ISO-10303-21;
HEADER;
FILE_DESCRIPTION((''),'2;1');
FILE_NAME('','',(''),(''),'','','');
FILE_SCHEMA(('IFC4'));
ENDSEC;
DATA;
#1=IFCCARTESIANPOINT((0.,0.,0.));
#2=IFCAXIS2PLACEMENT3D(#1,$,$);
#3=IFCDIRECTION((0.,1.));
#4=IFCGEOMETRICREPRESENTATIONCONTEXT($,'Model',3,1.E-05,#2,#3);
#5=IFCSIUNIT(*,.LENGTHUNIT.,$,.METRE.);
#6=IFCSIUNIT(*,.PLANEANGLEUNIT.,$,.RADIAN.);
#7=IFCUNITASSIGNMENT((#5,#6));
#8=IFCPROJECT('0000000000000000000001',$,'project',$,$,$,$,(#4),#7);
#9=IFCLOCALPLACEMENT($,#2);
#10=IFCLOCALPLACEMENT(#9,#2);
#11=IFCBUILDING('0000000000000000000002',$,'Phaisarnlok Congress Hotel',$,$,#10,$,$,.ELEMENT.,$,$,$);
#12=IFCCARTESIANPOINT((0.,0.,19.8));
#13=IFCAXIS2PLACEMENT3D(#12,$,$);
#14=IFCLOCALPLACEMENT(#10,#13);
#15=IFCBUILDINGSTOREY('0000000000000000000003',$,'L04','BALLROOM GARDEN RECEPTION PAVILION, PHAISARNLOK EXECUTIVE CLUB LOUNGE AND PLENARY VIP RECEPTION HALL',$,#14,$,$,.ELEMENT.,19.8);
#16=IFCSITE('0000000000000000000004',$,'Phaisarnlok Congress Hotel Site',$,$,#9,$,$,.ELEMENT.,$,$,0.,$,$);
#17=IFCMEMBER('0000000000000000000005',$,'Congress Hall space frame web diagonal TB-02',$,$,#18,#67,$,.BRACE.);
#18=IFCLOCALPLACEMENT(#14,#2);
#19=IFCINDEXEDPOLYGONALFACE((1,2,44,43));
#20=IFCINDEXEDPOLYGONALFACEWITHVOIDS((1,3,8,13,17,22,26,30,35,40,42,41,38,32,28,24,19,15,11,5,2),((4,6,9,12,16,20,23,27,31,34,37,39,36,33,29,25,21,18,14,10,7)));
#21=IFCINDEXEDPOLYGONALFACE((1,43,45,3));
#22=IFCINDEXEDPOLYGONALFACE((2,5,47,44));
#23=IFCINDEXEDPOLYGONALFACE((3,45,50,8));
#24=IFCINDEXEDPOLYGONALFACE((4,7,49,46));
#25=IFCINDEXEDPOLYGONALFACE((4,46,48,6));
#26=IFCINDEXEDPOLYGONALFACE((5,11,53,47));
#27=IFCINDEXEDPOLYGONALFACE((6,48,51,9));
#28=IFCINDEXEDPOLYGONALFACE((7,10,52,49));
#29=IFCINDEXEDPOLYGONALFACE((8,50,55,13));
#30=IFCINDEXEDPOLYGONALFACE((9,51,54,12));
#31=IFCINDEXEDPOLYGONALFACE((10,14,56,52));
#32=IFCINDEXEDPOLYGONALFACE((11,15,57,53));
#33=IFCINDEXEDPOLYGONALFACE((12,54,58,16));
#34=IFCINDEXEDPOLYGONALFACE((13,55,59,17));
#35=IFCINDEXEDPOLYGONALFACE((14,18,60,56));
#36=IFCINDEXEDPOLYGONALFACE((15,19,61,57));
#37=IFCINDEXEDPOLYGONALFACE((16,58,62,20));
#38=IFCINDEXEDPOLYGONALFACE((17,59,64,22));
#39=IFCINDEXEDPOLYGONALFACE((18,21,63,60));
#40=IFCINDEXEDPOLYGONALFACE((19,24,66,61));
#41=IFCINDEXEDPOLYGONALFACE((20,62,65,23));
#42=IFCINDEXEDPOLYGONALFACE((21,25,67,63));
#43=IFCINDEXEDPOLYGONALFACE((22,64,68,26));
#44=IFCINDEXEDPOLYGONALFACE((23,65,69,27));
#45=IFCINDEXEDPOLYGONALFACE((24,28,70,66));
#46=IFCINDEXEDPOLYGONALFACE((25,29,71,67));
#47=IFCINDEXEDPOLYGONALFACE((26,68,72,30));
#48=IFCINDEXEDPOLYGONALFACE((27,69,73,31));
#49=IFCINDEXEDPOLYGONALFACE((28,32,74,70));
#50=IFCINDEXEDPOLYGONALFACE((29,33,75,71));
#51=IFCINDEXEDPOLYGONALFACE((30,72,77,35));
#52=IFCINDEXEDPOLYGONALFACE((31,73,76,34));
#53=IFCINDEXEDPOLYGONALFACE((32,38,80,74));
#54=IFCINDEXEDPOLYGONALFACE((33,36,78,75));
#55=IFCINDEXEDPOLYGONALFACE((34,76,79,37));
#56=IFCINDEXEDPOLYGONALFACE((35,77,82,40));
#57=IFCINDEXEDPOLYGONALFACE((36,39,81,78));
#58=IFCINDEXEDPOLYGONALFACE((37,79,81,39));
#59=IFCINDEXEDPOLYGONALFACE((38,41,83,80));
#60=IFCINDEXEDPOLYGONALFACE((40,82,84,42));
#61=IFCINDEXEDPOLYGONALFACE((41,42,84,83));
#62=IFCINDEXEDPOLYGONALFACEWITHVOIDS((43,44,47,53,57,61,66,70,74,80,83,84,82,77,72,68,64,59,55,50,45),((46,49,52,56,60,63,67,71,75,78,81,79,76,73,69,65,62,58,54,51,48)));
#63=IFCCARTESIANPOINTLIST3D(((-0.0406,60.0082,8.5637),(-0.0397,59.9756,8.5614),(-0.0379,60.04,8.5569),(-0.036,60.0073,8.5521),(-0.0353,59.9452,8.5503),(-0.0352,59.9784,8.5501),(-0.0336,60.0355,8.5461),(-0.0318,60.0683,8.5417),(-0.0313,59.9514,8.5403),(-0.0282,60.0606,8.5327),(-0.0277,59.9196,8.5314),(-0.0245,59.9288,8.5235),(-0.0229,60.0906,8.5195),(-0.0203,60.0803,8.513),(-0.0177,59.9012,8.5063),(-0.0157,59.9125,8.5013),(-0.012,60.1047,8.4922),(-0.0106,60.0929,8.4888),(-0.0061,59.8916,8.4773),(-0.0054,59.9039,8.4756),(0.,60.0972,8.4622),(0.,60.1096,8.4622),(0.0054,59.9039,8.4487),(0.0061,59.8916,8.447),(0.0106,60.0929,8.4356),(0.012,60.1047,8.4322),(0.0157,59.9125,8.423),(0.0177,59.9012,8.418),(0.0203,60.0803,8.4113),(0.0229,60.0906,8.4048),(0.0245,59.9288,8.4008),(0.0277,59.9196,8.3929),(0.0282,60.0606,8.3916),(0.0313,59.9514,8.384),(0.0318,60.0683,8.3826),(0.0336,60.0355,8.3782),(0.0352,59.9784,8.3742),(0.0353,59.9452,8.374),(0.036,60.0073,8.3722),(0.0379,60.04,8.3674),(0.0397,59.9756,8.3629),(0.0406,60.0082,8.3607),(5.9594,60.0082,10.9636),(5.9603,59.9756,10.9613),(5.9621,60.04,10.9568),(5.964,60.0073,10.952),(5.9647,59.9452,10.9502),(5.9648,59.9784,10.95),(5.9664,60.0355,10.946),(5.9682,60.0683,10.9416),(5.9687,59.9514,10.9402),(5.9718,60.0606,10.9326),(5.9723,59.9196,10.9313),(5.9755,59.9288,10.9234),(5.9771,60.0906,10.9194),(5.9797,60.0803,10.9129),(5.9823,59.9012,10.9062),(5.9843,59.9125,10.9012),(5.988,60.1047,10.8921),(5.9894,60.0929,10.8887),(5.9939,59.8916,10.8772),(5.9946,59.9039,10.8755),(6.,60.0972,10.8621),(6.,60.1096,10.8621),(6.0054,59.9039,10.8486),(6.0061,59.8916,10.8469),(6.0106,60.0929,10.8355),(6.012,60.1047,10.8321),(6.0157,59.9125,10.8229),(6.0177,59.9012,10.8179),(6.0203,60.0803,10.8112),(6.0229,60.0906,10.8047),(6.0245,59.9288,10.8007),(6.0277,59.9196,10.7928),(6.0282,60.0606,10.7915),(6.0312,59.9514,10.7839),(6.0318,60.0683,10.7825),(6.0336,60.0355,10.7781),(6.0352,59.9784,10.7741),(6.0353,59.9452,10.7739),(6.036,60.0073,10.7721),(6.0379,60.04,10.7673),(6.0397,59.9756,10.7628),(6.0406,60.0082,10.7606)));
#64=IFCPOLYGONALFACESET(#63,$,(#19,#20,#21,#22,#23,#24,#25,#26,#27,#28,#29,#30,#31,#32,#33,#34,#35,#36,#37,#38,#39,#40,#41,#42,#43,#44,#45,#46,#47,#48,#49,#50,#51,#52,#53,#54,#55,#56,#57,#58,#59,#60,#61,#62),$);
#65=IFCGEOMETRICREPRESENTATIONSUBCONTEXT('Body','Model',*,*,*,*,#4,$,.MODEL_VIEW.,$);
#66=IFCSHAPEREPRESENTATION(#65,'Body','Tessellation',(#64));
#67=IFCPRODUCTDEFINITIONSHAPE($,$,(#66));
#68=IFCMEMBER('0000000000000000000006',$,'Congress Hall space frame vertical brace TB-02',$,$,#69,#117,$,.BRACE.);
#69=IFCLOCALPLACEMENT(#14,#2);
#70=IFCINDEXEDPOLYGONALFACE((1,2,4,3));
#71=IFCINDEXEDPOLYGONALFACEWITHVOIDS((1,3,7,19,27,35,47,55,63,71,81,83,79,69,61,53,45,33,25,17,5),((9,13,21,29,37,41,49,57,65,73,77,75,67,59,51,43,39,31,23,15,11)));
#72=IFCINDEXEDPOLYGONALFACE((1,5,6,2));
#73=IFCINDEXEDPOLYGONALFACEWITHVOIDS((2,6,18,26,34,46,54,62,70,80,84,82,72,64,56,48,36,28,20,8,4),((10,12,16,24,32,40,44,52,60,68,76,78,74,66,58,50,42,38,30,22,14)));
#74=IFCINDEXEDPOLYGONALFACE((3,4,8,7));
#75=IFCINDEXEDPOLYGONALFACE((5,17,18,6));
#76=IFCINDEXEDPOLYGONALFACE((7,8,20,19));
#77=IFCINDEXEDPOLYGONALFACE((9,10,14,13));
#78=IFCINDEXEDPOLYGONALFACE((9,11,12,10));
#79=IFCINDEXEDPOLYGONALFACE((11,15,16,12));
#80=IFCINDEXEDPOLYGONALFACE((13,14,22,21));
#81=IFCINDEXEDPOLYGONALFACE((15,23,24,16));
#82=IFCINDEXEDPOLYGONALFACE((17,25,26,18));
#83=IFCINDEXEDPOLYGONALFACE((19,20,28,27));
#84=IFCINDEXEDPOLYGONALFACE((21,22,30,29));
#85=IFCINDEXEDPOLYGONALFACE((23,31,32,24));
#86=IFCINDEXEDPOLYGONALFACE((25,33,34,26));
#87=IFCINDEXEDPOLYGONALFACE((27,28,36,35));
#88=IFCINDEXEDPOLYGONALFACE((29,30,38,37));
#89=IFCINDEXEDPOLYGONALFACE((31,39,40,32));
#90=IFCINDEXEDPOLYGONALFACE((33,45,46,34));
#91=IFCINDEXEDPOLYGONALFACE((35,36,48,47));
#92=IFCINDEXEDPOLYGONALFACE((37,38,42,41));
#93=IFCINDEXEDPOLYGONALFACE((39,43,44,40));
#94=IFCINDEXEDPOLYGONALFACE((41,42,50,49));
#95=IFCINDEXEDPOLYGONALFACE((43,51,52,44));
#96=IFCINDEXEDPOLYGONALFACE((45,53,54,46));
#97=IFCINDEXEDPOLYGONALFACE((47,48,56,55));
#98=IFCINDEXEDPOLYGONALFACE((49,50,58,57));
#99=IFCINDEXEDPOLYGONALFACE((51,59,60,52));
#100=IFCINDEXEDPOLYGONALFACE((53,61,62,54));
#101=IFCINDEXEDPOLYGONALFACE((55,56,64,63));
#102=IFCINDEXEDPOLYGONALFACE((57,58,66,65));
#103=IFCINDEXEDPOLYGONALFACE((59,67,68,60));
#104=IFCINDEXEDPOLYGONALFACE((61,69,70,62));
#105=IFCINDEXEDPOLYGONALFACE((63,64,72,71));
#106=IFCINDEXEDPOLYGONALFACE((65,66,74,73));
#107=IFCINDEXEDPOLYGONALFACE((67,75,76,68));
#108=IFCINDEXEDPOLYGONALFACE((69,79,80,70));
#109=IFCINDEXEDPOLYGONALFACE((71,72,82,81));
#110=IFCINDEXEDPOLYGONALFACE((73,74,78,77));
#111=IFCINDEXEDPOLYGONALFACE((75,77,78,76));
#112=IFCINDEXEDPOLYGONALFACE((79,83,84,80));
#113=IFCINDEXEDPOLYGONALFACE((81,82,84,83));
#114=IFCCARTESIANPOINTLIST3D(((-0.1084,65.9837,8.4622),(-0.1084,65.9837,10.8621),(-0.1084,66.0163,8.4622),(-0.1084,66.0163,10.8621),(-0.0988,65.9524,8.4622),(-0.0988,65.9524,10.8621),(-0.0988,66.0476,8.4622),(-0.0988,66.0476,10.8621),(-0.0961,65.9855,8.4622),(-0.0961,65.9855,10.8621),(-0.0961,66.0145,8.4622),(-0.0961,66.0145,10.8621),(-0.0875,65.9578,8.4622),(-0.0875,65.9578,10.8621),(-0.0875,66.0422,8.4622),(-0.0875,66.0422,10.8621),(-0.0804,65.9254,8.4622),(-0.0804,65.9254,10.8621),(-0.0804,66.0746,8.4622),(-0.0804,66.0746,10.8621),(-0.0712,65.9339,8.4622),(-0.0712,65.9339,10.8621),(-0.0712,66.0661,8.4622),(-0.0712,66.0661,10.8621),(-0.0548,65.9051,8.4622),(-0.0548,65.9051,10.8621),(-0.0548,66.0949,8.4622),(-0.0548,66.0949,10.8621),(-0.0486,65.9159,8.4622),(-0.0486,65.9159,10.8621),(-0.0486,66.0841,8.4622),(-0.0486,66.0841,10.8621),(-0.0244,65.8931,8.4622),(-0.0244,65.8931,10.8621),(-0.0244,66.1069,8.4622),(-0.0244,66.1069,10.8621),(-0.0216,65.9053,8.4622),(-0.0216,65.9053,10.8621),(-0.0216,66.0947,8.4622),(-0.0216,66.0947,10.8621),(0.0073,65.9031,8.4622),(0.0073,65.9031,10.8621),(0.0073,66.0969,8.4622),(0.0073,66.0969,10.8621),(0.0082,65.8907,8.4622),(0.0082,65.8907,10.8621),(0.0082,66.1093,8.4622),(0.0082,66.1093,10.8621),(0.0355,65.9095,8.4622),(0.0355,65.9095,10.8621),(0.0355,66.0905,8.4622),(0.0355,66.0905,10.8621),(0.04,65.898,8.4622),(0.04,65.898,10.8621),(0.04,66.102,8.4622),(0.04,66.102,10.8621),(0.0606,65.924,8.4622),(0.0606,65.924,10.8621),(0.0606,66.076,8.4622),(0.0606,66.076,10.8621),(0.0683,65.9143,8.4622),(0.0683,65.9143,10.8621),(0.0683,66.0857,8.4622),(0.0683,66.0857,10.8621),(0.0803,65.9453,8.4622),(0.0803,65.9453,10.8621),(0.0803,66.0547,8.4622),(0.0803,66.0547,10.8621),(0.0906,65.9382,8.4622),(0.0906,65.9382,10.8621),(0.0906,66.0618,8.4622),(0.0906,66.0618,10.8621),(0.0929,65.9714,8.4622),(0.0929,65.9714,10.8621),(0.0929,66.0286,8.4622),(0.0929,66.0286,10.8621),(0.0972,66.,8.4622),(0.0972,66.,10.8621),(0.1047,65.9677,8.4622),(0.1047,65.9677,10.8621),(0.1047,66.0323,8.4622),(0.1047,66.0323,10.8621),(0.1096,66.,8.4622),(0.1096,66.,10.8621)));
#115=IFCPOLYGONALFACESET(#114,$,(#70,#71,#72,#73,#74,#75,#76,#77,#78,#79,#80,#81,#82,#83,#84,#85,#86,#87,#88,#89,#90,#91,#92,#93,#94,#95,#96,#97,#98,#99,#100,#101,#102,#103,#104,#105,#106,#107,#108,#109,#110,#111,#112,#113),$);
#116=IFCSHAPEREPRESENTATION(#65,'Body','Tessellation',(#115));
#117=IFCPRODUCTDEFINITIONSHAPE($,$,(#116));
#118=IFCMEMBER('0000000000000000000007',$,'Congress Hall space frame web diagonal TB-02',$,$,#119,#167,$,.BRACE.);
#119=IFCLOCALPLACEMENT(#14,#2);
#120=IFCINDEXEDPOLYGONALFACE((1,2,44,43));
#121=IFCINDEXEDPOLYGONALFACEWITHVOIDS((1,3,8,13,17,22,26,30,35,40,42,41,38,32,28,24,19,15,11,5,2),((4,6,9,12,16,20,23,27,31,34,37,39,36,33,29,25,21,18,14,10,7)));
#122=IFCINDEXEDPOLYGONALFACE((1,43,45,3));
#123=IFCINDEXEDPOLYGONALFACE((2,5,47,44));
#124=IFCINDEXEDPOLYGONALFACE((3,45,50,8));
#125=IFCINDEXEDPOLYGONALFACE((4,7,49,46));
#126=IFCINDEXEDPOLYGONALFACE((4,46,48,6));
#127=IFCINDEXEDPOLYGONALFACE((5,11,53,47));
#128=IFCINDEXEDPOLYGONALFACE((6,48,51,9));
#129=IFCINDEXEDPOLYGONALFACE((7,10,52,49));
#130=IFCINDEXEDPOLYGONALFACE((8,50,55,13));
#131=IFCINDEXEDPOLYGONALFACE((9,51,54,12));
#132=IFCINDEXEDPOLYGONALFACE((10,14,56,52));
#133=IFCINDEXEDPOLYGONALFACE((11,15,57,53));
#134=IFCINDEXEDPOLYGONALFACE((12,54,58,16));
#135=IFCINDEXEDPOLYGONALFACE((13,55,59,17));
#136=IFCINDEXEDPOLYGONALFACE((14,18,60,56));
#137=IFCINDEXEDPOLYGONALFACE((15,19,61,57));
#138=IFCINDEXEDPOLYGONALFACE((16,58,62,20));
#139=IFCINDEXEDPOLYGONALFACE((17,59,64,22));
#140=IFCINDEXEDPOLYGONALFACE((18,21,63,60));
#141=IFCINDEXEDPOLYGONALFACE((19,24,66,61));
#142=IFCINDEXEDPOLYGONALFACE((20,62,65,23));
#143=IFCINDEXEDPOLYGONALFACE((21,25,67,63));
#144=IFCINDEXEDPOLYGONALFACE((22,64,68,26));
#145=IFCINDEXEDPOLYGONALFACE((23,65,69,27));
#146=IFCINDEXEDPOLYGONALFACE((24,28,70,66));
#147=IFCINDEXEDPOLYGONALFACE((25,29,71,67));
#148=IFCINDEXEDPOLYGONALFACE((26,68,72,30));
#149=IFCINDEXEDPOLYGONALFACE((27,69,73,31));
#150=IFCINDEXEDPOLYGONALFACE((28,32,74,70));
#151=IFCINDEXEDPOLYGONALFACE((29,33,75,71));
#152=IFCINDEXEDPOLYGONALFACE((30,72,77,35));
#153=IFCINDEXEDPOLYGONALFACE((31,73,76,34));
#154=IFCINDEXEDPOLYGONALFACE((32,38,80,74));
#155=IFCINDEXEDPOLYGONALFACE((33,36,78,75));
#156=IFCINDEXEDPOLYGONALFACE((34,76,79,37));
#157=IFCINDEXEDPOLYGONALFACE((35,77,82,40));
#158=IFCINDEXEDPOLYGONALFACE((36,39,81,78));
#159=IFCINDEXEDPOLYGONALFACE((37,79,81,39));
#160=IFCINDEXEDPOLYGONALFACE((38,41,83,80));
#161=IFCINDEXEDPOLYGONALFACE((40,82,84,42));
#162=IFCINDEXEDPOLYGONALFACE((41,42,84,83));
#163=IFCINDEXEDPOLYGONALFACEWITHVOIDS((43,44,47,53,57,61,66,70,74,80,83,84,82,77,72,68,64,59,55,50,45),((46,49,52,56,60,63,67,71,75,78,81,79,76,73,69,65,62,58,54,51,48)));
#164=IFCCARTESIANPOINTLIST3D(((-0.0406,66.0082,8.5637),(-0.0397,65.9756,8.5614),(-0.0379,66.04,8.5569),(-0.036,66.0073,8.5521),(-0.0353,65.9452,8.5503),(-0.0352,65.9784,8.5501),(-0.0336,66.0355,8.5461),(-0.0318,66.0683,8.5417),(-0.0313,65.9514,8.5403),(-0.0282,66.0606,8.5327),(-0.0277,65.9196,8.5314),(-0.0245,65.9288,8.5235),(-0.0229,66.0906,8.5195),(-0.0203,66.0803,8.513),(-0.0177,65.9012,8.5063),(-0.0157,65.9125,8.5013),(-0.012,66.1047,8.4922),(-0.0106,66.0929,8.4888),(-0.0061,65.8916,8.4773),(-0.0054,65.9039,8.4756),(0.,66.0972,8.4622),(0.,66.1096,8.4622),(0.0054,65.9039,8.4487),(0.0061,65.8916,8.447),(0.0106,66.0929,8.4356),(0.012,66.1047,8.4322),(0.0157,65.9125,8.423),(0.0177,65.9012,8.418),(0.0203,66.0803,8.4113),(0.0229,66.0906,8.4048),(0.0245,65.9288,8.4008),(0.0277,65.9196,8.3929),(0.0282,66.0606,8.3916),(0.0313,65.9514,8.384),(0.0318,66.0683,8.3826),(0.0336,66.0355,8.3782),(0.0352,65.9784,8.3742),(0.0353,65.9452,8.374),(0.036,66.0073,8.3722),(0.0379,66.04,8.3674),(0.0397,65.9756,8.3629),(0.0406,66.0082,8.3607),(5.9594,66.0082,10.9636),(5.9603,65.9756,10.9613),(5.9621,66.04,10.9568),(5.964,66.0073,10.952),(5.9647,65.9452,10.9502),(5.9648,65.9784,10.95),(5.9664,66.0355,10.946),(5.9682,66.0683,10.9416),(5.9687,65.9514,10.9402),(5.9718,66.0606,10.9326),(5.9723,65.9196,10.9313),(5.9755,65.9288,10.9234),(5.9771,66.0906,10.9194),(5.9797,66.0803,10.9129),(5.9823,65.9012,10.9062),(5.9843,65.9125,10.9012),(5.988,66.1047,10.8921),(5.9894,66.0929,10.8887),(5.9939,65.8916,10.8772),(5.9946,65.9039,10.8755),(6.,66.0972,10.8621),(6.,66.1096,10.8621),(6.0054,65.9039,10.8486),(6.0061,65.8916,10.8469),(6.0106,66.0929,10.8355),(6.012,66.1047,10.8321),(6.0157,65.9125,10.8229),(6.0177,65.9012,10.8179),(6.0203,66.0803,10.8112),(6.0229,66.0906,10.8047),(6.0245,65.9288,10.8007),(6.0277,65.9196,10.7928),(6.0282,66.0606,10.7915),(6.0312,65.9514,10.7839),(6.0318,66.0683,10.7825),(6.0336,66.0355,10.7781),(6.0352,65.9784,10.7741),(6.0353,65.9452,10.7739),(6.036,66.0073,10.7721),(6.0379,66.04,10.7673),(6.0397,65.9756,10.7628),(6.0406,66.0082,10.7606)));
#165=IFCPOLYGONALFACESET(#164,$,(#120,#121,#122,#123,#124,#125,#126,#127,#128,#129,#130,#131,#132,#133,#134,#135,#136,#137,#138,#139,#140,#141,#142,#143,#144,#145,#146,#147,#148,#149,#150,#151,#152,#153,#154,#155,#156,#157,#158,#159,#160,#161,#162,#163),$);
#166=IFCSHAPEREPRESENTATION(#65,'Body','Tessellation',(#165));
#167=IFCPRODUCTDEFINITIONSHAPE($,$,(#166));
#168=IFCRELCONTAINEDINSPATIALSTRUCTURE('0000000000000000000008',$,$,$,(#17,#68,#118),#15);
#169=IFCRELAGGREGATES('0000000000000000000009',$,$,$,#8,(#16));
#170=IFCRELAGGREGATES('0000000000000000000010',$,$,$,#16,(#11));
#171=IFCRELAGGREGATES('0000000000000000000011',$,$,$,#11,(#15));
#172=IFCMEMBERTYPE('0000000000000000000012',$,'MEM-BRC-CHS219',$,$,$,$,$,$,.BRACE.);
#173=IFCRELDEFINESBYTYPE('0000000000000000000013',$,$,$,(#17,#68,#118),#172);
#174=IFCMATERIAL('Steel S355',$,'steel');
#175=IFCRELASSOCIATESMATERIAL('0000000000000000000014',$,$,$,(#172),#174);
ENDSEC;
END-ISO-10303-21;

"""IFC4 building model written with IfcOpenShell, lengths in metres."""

from ifc_helpers import new_model, si_unit, direction, frame, origin, origin_2d, place, context, subcontext, project, spatial, hollow_circle, extrude, material, material_profile, profile_set, type_object, element, save


model = new_model("IFC4")

# Units and contexts
model_context = context("Model", 3, precision=1e-05, world=origin(), true_north=direction((0.0, 1.0)))
body_context = subcontext(model_context, "Body", "Model", "MODEL_VIEW")
ifc_project = project(units=[si_unit("LENGTHUNIT", "METRE"), si_unit("PLANEANGLEUNIT", "RADIAN")], contexts=[model_context])

# Site, building, storey
site_placement = place(None, origin())
site = spatial("IfcSite", under=ifc_project, at=site_placement, Name="Phaisarnlok Congress Hotel Site", CompositionType="ELEMENT", RefElevation=0.0)
building_placement = place(site_placement, origin())
building = spatial("IfcBuilding", under=site, at=building_placement, Name="Phaisarnlok Congress Hotel", CompositionType="ELEMENT")
storey_placement = place(building_placement, frame((0.0, 0.0, 19.8)))
storey = spatial("IfcBuildingStorey", under=building, at=storey_placement, Name="L04", Description="BALLROOM GARDEN RECEPTION PAVILION, PHAISARNLOK EXECUTIVE CLUB LOUNGE AND PLENARY VIP RECEPTION HALL", CompositionType="ELEMENT", Elevation=19.8)

# Members
ifc_material = material(Name="Steel S355", Category="steel")
ifc_material_profile_1 = material_profile(ifc_material, hollow_circle(Radius=0.1096, WallThickness=0.0125, at=origin_2d()), Name="CHS 219.1x12.5")
ifc_profile_set_1 = profile_set([ifc_material_profile_1], Name="Steel S355")
member_type_1 = type_object("IfcMemberType", Name="MEM-BRC-CHS219", PredefinedType="BRACE", material=ifc_profile_set_1)
member_1_placement = place(storey_placement, frame((0.0, 60.0, 8.4622), z_axis=(0.928482, 0.0, 0.371378), x_axis=(0.0, 1.0, 0.0)))
element("IfcMember", 1, at=member_1_placement, inside=storey, type_object=member_type_1, Name="Congress Hall space frame web diagonal TB-02", PredefinedType="BRACE", context=body_context, shape_type="SweptSolid", body=[
    extrude(hollow_circle(Radius=0.1096, WallThickness=0.0125, at=origin_2d()), origin(), (0.0, 0.0, 1.0), 6.4622),
])
member_2_placement = place(storey_placement, frame((0.0, 66.0, 8.4622), z_axis=(0.0, 0.0, 1.0), x_axis=(1.0, 0.0, 0.0)))
element("IfcMember", 2, at=member_2_placement, inside=storey, type_object=member_type_1, Name="Congress Hall space frame vertical brace TB-02", PredefinedType="BRACE", context=body_context, shape_type="SweptSolid", body=[
    extrude(hollow_circle(Radius=0.1096, WallThickness=0.0125, at=origin_2d()), origin(), (0.0, 0.0, 1.0), 2.3999),
])
member_3_placement = place(storey_placement, frame((0.0, 66.0, 8.4622), z_axis=(0.928482, 0.0, 0.371378), x_axis=(0.0, 1.0, 0.0)))
element("IfcMember", 3, at=member_3_placement, inside=storey, type_object=member_type_1, Name="Congress Hall space frame web diagonal TB-02", PredefinedType="BRACE", context=body_context, shape_type="SweptSolid", body=[
    extrude(hollow_circle(Radius=0.1096, WallThickness=0.0125, at=origin_2d()), origin(), (0.0, 0.0, 1.0), 6.4622),
])

save(model, "model.ifc")
